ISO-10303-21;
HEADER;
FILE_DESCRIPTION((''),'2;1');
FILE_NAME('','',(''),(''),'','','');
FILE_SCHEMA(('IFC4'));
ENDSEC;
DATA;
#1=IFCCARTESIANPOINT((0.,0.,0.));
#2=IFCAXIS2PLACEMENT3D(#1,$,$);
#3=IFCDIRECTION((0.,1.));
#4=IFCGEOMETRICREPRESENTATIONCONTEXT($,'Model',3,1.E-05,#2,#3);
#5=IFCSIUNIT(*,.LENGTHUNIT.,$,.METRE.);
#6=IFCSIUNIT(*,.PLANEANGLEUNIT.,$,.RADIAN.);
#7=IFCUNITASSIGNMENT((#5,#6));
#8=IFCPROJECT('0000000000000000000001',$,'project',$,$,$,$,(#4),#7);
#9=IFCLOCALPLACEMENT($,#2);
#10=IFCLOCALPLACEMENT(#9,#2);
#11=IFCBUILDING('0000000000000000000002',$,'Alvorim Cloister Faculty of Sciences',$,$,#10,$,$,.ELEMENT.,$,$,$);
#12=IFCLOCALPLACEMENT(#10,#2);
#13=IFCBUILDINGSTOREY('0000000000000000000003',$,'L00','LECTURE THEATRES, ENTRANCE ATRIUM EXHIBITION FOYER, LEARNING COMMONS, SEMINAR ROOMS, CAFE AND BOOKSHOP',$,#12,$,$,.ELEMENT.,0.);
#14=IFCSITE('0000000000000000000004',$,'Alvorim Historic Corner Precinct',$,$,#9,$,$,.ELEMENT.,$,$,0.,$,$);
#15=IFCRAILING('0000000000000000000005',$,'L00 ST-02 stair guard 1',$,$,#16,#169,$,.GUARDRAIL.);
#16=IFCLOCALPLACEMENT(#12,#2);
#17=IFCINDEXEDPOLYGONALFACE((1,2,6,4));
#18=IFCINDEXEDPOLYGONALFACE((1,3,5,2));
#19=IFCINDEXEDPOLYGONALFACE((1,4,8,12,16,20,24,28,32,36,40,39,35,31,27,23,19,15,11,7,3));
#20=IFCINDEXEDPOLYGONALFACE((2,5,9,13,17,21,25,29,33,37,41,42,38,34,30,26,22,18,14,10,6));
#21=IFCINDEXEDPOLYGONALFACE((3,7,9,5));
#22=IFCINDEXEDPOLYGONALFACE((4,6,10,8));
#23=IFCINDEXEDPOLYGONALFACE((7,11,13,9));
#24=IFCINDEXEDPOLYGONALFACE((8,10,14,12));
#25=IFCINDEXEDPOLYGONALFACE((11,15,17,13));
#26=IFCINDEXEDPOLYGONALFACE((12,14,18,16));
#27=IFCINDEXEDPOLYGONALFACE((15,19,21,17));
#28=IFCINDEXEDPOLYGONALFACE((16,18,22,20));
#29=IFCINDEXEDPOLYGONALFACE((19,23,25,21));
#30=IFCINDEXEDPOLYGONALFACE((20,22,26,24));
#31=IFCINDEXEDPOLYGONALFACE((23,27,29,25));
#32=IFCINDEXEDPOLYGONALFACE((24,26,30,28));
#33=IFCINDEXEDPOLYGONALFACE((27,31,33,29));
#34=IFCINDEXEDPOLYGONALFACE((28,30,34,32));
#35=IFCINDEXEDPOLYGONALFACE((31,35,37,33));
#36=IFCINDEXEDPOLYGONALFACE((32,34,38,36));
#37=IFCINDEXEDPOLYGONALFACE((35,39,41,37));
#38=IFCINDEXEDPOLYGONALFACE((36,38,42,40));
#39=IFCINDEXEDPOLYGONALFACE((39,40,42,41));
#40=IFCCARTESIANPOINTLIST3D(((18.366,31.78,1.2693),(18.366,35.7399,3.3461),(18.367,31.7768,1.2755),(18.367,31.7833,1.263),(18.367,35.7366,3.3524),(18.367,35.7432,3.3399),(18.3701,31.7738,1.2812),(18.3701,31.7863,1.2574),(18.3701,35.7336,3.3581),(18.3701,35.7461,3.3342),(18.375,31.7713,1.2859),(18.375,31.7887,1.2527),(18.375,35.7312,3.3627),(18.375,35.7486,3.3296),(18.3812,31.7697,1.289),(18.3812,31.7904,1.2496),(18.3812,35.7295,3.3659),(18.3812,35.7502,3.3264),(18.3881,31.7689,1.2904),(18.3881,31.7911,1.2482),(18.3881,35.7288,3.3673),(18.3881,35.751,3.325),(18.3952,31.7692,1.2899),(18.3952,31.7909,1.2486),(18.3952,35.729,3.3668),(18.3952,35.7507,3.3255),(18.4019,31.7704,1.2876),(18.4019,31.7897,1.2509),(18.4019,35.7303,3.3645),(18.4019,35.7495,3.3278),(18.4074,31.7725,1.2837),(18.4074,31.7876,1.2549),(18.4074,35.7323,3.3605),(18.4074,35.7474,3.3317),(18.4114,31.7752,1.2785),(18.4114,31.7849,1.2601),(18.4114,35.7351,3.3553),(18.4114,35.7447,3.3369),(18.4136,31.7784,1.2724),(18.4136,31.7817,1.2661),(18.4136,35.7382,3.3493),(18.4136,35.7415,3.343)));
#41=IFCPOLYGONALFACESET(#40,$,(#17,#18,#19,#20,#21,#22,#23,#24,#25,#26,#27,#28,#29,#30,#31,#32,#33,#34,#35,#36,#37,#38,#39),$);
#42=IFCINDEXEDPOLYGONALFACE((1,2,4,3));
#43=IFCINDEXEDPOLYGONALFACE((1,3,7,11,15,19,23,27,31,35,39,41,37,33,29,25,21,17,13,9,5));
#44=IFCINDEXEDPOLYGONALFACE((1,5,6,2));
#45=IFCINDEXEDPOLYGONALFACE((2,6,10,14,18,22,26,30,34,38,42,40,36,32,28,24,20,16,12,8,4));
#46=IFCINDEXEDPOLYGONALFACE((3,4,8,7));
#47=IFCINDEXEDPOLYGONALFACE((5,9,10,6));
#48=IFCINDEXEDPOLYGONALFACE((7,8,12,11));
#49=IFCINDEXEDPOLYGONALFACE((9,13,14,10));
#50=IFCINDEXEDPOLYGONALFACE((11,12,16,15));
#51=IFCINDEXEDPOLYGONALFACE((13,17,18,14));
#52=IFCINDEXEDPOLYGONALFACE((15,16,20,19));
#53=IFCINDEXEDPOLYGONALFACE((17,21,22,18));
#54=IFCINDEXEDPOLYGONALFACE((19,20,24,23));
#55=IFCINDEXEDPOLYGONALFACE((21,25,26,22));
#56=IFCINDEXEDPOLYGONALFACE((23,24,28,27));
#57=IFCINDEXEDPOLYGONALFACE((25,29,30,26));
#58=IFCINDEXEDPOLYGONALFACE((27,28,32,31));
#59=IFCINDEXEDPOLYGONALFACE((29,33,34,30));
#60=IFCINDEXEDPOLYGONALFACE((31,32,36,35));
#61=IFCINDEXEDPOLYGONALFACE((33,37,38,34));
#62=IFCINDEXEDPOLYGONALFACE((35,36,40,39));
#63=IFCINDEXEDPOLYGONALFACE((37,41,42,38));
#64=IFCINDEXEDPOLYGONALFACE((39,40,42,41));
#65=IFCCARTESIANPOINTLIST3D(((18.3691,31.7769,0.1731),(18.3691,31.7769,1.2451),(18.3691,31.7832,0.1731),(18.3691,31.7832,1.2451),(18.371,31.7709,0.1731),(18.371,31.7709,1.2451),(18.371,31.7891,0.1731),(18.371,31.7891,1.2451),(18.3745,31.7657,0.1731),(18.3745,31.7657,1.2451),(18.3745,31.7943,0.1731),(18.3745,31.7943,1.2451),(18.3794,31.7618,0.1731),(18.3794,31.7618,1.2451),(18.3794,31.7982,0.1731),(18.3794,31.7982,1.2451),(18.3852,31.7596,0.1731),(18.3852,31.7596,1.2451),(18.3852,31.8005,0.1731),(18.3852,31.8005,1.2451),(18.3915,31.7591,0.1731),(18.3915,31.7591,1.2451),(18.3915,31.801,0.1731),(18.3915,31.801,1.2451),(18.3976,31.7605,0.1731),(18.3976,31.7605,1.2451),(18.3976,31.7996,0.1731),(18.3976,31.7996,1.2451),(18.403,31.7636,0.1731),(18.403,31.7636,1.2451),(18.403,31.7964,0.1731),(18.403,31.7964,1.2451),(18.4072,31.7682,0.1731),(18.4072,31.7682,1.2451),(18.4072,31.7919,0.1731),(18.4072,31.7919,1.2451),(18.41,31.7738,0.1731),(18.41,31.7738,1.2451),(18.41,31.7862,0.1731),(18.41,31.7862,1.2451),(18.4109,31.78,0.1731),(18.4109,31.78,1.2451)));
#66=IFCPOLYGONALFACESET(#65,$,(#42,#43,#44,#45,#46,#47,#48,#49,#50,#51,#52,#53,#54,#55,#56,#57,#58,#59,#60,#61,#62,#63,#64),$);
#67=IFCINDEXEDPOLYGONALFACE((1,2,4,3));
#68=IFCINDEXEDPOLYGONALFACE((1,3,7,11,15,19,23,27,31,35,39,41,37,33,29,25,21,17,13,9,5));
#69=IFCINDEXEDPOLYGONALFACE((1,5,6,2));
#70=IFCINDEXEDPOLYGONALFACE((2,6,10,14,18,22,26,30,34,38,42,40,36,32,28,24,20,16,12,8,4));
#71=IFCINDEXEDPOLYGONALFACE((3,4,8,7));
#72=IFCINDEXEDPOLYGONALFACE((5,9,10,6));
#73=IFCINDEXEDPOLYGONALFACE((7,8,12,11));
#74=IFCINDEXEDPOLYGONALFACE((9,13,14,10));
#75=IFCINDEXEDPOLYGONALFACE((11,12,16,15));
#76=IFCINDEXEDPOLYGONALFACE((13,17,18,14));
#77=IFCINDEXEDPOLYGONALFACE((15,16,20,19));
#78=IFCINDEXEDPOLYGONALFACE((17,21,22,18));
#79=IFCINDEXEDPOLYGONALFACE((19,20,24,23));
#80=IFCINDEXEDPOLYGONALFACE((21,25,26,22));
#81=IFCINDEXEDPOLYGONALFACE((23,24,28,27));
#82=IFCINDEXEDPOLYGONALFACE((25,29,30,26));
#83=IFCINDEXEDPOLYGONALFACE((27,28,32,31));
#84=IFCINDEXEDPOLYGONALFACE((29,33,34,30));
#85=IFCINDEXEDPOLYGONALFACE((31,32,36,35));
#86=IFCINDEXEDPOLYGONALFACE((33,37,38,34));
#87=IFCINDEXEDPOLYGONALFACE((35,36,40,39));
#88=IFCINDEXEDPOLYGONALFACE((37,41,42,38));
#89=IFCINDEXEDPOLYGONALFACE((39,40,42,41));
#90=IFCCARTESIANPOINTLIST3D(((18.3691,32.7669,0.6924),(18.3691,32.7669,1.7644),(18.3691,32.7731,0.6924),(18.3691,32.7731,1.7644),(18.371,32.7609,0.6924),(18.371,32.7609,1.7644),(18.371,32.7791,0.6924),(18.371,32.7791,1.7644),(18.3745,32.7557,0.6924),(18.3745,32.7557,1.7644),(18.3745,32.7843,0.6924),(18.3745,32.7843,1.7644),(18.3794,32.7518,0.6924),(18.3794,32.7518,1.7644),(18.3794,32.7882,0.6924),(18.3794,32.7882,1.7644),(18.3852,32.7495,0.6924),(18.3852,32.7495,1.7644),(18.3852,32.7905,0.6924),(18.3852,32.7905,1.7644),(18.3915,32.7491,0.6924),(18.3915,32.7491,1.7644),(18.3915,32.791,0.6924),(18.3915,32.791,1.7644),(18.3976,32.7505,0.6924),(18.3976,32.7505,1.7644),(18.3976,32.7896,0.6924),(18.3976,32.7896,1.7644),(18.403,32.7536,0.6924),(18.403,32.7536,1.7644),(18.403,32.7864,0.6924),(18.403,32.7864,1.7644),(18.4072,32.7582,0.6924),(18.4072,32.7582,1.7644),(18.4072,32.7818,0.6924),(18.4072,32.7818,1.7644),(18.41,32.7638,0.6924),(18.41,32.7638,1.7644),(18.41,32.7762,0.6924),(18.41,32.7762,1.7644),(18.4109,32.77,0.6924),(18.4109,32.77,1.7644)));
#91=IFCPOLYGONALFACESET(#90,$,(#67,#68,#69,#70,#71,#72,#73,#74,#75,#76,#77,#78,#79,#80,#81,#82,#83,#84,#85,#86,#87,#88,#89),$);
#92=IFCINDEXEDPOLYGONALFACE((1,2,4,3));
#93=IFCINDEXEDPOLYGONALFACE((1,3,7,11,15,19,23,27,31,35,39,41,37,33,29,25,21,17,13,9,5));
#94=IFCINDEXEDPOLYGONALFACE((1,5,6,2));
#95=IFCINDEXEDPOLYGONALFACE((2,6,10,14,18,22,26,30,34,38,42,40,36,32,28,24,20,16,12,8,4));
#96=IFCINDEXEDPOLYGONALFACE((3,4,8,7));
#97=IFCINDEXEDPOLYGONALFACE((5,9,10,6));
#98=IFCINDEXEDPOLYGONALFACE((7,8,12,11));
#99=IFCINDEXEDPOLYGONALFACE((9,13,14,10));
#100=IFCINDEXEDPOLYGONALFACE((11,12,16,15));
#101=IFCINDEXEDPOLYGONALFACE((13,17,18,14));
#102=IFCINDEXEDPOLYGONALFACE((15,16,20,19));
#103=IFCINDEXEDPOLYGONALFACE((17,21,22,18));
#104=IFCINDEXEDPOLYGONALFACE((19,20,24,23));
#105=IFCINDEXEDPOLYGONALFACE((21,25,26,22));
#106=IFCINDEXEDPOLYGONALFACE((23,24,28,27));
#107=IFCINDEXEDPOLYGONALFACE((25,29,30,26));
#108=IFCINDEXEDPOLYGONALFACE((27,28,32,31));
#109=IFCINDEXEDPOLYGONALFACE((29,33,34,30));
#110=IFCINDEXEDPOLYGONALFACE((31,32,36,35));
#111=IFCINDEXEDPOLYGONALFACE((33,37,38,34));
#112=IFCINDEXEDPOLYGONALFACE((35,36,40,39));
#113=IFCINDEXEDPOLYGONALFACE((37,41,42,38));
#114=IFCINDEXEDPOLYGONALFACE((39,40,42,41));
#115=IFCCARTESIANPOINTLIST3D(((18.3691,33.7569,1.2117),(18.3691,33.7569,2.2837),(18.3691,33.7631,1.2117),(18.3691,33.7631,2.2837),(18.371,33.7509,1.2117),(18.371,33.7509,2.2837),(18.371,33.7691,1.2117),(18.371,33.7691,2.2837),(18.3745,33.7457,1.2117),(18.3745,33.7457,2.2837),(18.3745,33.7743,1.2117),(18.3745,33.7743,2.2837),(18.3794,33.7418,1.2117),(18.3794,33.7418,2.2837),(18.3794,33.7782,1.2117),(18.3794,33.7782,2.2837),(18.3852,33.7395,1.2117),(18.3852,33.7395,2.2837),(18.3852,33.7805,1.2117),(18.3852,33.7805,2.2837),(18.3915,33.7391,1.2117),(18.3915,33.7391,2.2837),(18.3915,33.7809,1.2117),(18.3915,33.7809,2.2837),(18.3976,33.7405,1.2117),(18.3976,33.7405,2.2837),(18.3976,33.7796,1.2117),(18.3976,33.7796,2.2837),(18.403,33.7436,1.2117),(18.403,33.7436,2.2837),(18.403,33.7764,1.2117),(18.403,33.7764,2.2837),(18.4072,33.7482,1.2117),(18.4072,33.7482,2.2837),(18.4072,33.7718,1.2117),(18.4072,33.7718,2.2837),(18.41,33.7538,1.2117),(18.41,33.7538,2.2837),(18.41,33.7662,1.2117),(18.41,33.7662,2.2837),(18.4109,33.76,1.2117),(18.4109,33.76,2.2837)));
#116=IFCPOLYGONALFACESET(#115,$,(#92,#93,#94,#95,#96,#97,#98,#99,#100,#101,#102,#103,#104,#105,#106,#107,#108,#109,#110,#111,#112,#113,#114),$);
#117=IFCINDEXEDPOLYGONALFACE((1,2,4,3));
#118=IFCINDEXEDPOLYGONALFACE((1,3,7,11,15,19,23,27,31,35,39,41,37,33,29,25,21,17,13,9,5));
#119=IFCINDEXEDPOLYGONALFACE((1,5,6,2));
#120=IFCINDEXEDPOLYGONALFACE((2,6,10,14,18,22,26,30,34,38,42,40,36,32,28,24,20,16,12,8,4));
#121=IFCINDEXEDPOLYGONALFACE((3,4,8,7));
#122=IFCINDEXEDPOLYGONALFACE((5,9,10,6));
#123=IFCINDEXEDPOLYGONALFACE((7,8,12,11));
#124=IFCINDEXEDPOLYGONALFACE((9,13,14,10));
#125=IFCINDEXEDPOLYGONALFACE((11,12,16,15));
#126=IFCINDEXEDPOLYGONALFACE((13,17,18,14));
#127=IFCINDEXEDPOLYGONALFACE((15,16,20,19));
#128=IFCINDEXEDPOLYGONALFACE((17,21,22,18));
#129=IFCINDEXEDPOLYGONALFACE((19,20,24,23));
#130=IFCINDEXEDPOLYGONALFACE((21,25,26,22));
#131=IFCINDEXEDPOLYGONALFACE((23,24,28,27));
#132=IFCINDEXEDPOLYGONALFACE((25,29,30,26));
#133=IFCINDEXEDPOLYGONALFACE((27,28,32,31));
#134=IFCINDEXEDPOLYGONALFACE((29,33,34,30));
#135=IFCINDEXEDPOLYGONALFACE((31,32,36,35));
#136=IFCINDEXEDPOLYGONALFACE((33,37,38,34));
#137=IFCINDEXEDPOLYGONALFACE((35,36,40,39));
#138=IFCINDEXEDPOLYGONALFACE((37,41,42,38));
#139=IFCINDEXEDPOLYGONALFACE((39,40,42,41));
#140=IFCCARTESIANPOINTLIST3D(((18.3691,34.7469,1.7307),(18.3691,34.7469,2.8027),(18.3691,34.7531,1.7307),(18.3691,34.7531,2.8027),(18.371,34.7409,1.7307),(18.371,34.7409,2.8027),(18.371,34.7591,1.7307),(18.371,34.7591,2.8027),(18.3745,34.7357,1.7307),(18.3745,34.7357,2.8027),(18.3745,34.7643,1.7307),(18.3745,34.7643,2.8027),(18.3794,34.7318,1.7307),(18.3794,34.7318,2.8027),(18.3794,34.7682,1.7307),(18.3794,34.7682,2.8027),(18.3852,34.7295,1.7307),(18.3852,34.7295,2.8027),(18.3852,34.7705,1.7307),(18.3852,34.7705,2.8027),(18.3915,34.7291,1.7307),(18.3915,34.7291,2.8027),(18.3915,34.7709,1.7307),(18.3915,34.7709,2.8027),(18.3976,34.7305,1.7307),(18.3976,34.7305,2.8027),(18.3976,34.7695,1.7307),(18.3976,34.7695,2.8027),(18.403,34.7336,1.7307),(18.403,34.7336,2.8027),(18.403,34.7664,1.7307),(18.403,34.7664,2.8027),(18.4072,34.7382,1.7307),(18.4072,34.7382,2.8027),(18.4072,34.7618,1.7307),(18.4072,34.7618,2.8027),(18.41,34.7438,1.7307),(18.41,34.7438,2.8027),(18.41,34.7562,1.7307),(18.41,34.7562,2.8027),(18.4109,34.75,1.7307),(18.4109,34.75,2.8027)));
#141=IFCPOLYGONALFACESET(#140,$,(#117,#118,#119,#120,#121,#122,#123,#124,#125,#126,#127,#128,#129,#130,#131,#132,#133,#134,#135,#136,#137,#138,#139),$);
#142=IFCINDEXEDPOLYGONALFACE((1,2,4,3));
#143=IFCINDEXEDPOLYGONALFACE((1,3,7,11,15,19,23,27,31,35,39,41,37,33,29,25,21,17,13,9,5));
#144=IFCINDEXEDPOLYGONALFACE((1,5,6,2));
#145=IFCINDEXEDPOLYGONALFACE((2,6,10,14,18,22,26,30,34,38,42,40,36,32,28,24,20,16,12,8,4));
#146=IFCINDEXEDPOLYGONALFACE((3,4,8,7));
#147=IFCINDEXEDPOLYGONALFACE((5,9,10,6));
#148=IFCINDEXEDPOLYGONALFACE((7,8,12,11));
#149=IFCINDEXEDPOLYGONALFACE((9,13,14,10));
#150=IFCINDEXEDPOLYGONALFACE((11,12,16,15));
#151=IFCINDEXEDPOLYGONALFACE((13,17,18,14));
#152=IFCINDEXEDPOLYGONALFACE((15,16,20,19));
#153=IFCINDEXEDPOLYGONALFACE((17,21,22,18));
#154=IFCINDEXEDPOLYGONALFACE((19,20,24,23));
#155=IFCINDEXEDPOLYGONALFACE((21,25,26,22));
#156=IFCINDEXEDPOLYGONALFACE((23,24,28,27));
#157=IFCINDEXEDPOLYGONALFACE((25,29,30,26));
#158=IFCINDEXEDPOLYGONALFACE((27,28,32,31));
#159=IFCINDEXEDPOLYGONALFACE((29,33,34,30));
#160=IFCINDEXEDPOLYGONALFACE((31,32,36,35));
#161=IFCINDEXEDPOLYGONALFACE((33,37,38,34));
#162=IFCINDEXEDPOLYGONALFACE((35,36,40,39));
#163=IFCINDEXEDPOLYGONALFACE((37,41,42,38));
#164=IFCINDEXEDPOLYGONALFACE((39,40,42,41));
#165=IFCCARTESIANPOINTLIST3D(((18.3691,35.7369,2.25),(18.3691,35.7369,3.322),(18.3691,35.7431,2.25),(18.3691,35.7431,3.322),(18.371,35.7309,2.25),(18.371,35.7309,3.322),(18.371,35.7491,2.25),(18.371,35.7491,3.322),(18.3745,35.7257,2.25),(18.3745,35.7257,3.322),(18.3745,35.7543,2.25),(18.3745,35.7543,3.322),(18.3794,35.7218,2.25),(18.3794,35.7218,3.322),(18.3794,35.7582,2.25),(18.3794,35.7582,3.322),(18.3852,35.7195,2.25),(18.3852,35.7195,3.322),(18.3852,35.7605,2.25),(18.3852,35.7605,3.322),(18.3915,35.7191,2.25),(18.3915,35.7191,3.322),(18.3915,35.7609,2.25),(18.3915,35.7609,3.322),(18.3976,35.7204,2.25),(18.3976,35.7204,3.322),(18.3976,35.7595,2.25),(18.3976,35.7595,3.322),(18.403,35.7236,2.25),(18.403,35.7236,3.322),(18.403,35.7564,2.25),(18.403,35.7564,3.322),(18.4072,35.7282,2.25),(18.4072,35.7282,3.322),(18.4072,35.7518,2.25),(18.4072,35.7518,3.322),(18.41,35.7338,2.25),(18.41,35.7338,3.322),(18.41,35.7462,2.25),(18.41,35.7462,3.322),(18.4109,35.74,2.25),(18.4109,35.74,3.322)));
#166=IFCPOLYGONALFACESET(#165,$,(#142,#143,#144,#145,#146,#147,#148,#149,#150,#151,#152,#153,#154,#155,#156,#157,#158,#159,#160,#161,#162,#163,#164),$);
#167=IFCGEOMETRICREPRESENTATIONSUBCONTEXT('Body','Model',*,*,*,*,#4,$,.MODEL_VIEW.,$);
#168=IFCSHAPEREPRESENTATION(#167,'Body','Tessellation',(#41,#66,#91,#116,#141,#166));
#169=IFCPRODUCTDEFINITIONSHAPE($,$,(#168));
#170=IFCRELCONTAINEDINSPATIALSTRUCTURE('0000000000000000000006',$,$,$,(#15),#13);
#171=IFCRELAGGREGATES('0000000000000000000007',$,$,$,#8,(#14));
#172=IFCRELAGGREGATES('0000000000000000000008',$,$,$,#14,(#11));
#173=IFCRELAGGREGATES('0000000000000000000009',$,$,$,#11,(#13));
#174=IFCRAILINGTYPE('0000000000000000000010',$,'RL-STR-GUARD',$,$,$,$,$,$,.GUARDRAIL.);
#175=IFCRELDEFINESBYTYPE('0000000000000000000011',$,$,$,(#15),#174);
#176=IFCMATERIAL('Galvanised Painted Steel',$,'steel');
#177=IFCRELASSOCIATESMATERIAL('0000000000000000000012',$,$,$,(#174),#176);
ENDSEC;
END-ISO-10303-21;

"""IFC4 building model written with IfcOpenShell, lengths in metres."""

from ifc_helpers import new_model, si_unit, direction, frame, origin, origin_2d, place, context, subcontext, project, spatial, circle, extrude, material, type_object, element, save


model = new_model("IFC4")

# Units and contexts
model_context = context("Model", 3, precision=1e-05, world=origin(), true_north=direction((0.0, 1.0)))
body_context = subcontext(model_context, "Body", "Model", "MODEL_VIEW")
ifc_project = project(units=[si_unit("LENGTHUNIT", "METRE"), si_unit("PLANEANGLEUNIT", "RADIAN")], contexts=[model_context])

# Site, building, storey
site_placement = place(None, origin())
site = spatial("IfcSite", under=ifc_project, at=site_placement, Name="Alvorim Historic Corner Precinct", CompositionType="ELEMENT", RefElevation=0.0)
building_placement = place(site_placement, origin())
building = spatial("IfcBuilding", under=site, at=building_placement, Name="Alvorim Cloister Faculty of Sciences", CompositionType="ELEMENT")
storey_placement = place(building_placement, origin())
storey = spatial("IfcBuildingStorey", under=building, at=storey_placement, Name="L00", Description="LECTURE THEATRES, ENTRANCE ATRIUM EXHIBITION FOYER, LEARNING COMMONS, SEMINAR ROOMS, CAFE AND BOOKSHOP", CompositionType="ELEMENT", Elevation=0.0)

# Railing
ifc_material_1 = material(Name="Galvanised Painted Steel", Category="steel")
railing_type_1 = type_object("IfcRailingType", Name="RL-STR-GUARD", PredefinedType="GUARDRAIL", material=ifc_material_1)
railing_1_placement = place(storey_placement, frame((18.3899, 31.78, 0.1731)))
element("IfcRailing", 1, at=railing_1_placement, inside=storey, type_object=railing_type_1, Name="L00 ST-02 stair guard 1", PredefinedType="GUARDRAIL", context=body_context, shape_type="SweptSolid", body=[
    extrude(circle(Radius=0.0239, at=origin_2d()), frame((0.0, 0.0, 1.0962), z_axis=(0.0, 0.885589, 0.46447), x_axis=(-1.0, 0.0, 0.0)), (0.0, 0.0, 1.0), 4.4714),
    extrude(circle(Radius=0.021, at=origin_2d()), origin(), (0.0, 0.0, 1.0), 1.072),
    extrude(circle(Radius=0.021, at=origin_2d()), frame((0.0, 0.99, 0.5193)), (0.0, 0.0, 1.0), 1.072),
    extrude(circle(Radius=0.021, at=origin_2d()), frame((0.0, 1.98, 1.0386)), (0.0, 0.0, 1.0), 1.072),
    extrude(circle(Radius=0.021, at=origin_2d()), frame((0.0, 2.97, 1.5576)), (0.0, 0.0, 1.0), 1.072),
    extrude(circle(Radius=0.021, at=origin_2d()), frame((0.0, 3.96, 2.0769)), (0.0, 0.0, 1.0), 1.072),
])

save(model, "model.ifc")
